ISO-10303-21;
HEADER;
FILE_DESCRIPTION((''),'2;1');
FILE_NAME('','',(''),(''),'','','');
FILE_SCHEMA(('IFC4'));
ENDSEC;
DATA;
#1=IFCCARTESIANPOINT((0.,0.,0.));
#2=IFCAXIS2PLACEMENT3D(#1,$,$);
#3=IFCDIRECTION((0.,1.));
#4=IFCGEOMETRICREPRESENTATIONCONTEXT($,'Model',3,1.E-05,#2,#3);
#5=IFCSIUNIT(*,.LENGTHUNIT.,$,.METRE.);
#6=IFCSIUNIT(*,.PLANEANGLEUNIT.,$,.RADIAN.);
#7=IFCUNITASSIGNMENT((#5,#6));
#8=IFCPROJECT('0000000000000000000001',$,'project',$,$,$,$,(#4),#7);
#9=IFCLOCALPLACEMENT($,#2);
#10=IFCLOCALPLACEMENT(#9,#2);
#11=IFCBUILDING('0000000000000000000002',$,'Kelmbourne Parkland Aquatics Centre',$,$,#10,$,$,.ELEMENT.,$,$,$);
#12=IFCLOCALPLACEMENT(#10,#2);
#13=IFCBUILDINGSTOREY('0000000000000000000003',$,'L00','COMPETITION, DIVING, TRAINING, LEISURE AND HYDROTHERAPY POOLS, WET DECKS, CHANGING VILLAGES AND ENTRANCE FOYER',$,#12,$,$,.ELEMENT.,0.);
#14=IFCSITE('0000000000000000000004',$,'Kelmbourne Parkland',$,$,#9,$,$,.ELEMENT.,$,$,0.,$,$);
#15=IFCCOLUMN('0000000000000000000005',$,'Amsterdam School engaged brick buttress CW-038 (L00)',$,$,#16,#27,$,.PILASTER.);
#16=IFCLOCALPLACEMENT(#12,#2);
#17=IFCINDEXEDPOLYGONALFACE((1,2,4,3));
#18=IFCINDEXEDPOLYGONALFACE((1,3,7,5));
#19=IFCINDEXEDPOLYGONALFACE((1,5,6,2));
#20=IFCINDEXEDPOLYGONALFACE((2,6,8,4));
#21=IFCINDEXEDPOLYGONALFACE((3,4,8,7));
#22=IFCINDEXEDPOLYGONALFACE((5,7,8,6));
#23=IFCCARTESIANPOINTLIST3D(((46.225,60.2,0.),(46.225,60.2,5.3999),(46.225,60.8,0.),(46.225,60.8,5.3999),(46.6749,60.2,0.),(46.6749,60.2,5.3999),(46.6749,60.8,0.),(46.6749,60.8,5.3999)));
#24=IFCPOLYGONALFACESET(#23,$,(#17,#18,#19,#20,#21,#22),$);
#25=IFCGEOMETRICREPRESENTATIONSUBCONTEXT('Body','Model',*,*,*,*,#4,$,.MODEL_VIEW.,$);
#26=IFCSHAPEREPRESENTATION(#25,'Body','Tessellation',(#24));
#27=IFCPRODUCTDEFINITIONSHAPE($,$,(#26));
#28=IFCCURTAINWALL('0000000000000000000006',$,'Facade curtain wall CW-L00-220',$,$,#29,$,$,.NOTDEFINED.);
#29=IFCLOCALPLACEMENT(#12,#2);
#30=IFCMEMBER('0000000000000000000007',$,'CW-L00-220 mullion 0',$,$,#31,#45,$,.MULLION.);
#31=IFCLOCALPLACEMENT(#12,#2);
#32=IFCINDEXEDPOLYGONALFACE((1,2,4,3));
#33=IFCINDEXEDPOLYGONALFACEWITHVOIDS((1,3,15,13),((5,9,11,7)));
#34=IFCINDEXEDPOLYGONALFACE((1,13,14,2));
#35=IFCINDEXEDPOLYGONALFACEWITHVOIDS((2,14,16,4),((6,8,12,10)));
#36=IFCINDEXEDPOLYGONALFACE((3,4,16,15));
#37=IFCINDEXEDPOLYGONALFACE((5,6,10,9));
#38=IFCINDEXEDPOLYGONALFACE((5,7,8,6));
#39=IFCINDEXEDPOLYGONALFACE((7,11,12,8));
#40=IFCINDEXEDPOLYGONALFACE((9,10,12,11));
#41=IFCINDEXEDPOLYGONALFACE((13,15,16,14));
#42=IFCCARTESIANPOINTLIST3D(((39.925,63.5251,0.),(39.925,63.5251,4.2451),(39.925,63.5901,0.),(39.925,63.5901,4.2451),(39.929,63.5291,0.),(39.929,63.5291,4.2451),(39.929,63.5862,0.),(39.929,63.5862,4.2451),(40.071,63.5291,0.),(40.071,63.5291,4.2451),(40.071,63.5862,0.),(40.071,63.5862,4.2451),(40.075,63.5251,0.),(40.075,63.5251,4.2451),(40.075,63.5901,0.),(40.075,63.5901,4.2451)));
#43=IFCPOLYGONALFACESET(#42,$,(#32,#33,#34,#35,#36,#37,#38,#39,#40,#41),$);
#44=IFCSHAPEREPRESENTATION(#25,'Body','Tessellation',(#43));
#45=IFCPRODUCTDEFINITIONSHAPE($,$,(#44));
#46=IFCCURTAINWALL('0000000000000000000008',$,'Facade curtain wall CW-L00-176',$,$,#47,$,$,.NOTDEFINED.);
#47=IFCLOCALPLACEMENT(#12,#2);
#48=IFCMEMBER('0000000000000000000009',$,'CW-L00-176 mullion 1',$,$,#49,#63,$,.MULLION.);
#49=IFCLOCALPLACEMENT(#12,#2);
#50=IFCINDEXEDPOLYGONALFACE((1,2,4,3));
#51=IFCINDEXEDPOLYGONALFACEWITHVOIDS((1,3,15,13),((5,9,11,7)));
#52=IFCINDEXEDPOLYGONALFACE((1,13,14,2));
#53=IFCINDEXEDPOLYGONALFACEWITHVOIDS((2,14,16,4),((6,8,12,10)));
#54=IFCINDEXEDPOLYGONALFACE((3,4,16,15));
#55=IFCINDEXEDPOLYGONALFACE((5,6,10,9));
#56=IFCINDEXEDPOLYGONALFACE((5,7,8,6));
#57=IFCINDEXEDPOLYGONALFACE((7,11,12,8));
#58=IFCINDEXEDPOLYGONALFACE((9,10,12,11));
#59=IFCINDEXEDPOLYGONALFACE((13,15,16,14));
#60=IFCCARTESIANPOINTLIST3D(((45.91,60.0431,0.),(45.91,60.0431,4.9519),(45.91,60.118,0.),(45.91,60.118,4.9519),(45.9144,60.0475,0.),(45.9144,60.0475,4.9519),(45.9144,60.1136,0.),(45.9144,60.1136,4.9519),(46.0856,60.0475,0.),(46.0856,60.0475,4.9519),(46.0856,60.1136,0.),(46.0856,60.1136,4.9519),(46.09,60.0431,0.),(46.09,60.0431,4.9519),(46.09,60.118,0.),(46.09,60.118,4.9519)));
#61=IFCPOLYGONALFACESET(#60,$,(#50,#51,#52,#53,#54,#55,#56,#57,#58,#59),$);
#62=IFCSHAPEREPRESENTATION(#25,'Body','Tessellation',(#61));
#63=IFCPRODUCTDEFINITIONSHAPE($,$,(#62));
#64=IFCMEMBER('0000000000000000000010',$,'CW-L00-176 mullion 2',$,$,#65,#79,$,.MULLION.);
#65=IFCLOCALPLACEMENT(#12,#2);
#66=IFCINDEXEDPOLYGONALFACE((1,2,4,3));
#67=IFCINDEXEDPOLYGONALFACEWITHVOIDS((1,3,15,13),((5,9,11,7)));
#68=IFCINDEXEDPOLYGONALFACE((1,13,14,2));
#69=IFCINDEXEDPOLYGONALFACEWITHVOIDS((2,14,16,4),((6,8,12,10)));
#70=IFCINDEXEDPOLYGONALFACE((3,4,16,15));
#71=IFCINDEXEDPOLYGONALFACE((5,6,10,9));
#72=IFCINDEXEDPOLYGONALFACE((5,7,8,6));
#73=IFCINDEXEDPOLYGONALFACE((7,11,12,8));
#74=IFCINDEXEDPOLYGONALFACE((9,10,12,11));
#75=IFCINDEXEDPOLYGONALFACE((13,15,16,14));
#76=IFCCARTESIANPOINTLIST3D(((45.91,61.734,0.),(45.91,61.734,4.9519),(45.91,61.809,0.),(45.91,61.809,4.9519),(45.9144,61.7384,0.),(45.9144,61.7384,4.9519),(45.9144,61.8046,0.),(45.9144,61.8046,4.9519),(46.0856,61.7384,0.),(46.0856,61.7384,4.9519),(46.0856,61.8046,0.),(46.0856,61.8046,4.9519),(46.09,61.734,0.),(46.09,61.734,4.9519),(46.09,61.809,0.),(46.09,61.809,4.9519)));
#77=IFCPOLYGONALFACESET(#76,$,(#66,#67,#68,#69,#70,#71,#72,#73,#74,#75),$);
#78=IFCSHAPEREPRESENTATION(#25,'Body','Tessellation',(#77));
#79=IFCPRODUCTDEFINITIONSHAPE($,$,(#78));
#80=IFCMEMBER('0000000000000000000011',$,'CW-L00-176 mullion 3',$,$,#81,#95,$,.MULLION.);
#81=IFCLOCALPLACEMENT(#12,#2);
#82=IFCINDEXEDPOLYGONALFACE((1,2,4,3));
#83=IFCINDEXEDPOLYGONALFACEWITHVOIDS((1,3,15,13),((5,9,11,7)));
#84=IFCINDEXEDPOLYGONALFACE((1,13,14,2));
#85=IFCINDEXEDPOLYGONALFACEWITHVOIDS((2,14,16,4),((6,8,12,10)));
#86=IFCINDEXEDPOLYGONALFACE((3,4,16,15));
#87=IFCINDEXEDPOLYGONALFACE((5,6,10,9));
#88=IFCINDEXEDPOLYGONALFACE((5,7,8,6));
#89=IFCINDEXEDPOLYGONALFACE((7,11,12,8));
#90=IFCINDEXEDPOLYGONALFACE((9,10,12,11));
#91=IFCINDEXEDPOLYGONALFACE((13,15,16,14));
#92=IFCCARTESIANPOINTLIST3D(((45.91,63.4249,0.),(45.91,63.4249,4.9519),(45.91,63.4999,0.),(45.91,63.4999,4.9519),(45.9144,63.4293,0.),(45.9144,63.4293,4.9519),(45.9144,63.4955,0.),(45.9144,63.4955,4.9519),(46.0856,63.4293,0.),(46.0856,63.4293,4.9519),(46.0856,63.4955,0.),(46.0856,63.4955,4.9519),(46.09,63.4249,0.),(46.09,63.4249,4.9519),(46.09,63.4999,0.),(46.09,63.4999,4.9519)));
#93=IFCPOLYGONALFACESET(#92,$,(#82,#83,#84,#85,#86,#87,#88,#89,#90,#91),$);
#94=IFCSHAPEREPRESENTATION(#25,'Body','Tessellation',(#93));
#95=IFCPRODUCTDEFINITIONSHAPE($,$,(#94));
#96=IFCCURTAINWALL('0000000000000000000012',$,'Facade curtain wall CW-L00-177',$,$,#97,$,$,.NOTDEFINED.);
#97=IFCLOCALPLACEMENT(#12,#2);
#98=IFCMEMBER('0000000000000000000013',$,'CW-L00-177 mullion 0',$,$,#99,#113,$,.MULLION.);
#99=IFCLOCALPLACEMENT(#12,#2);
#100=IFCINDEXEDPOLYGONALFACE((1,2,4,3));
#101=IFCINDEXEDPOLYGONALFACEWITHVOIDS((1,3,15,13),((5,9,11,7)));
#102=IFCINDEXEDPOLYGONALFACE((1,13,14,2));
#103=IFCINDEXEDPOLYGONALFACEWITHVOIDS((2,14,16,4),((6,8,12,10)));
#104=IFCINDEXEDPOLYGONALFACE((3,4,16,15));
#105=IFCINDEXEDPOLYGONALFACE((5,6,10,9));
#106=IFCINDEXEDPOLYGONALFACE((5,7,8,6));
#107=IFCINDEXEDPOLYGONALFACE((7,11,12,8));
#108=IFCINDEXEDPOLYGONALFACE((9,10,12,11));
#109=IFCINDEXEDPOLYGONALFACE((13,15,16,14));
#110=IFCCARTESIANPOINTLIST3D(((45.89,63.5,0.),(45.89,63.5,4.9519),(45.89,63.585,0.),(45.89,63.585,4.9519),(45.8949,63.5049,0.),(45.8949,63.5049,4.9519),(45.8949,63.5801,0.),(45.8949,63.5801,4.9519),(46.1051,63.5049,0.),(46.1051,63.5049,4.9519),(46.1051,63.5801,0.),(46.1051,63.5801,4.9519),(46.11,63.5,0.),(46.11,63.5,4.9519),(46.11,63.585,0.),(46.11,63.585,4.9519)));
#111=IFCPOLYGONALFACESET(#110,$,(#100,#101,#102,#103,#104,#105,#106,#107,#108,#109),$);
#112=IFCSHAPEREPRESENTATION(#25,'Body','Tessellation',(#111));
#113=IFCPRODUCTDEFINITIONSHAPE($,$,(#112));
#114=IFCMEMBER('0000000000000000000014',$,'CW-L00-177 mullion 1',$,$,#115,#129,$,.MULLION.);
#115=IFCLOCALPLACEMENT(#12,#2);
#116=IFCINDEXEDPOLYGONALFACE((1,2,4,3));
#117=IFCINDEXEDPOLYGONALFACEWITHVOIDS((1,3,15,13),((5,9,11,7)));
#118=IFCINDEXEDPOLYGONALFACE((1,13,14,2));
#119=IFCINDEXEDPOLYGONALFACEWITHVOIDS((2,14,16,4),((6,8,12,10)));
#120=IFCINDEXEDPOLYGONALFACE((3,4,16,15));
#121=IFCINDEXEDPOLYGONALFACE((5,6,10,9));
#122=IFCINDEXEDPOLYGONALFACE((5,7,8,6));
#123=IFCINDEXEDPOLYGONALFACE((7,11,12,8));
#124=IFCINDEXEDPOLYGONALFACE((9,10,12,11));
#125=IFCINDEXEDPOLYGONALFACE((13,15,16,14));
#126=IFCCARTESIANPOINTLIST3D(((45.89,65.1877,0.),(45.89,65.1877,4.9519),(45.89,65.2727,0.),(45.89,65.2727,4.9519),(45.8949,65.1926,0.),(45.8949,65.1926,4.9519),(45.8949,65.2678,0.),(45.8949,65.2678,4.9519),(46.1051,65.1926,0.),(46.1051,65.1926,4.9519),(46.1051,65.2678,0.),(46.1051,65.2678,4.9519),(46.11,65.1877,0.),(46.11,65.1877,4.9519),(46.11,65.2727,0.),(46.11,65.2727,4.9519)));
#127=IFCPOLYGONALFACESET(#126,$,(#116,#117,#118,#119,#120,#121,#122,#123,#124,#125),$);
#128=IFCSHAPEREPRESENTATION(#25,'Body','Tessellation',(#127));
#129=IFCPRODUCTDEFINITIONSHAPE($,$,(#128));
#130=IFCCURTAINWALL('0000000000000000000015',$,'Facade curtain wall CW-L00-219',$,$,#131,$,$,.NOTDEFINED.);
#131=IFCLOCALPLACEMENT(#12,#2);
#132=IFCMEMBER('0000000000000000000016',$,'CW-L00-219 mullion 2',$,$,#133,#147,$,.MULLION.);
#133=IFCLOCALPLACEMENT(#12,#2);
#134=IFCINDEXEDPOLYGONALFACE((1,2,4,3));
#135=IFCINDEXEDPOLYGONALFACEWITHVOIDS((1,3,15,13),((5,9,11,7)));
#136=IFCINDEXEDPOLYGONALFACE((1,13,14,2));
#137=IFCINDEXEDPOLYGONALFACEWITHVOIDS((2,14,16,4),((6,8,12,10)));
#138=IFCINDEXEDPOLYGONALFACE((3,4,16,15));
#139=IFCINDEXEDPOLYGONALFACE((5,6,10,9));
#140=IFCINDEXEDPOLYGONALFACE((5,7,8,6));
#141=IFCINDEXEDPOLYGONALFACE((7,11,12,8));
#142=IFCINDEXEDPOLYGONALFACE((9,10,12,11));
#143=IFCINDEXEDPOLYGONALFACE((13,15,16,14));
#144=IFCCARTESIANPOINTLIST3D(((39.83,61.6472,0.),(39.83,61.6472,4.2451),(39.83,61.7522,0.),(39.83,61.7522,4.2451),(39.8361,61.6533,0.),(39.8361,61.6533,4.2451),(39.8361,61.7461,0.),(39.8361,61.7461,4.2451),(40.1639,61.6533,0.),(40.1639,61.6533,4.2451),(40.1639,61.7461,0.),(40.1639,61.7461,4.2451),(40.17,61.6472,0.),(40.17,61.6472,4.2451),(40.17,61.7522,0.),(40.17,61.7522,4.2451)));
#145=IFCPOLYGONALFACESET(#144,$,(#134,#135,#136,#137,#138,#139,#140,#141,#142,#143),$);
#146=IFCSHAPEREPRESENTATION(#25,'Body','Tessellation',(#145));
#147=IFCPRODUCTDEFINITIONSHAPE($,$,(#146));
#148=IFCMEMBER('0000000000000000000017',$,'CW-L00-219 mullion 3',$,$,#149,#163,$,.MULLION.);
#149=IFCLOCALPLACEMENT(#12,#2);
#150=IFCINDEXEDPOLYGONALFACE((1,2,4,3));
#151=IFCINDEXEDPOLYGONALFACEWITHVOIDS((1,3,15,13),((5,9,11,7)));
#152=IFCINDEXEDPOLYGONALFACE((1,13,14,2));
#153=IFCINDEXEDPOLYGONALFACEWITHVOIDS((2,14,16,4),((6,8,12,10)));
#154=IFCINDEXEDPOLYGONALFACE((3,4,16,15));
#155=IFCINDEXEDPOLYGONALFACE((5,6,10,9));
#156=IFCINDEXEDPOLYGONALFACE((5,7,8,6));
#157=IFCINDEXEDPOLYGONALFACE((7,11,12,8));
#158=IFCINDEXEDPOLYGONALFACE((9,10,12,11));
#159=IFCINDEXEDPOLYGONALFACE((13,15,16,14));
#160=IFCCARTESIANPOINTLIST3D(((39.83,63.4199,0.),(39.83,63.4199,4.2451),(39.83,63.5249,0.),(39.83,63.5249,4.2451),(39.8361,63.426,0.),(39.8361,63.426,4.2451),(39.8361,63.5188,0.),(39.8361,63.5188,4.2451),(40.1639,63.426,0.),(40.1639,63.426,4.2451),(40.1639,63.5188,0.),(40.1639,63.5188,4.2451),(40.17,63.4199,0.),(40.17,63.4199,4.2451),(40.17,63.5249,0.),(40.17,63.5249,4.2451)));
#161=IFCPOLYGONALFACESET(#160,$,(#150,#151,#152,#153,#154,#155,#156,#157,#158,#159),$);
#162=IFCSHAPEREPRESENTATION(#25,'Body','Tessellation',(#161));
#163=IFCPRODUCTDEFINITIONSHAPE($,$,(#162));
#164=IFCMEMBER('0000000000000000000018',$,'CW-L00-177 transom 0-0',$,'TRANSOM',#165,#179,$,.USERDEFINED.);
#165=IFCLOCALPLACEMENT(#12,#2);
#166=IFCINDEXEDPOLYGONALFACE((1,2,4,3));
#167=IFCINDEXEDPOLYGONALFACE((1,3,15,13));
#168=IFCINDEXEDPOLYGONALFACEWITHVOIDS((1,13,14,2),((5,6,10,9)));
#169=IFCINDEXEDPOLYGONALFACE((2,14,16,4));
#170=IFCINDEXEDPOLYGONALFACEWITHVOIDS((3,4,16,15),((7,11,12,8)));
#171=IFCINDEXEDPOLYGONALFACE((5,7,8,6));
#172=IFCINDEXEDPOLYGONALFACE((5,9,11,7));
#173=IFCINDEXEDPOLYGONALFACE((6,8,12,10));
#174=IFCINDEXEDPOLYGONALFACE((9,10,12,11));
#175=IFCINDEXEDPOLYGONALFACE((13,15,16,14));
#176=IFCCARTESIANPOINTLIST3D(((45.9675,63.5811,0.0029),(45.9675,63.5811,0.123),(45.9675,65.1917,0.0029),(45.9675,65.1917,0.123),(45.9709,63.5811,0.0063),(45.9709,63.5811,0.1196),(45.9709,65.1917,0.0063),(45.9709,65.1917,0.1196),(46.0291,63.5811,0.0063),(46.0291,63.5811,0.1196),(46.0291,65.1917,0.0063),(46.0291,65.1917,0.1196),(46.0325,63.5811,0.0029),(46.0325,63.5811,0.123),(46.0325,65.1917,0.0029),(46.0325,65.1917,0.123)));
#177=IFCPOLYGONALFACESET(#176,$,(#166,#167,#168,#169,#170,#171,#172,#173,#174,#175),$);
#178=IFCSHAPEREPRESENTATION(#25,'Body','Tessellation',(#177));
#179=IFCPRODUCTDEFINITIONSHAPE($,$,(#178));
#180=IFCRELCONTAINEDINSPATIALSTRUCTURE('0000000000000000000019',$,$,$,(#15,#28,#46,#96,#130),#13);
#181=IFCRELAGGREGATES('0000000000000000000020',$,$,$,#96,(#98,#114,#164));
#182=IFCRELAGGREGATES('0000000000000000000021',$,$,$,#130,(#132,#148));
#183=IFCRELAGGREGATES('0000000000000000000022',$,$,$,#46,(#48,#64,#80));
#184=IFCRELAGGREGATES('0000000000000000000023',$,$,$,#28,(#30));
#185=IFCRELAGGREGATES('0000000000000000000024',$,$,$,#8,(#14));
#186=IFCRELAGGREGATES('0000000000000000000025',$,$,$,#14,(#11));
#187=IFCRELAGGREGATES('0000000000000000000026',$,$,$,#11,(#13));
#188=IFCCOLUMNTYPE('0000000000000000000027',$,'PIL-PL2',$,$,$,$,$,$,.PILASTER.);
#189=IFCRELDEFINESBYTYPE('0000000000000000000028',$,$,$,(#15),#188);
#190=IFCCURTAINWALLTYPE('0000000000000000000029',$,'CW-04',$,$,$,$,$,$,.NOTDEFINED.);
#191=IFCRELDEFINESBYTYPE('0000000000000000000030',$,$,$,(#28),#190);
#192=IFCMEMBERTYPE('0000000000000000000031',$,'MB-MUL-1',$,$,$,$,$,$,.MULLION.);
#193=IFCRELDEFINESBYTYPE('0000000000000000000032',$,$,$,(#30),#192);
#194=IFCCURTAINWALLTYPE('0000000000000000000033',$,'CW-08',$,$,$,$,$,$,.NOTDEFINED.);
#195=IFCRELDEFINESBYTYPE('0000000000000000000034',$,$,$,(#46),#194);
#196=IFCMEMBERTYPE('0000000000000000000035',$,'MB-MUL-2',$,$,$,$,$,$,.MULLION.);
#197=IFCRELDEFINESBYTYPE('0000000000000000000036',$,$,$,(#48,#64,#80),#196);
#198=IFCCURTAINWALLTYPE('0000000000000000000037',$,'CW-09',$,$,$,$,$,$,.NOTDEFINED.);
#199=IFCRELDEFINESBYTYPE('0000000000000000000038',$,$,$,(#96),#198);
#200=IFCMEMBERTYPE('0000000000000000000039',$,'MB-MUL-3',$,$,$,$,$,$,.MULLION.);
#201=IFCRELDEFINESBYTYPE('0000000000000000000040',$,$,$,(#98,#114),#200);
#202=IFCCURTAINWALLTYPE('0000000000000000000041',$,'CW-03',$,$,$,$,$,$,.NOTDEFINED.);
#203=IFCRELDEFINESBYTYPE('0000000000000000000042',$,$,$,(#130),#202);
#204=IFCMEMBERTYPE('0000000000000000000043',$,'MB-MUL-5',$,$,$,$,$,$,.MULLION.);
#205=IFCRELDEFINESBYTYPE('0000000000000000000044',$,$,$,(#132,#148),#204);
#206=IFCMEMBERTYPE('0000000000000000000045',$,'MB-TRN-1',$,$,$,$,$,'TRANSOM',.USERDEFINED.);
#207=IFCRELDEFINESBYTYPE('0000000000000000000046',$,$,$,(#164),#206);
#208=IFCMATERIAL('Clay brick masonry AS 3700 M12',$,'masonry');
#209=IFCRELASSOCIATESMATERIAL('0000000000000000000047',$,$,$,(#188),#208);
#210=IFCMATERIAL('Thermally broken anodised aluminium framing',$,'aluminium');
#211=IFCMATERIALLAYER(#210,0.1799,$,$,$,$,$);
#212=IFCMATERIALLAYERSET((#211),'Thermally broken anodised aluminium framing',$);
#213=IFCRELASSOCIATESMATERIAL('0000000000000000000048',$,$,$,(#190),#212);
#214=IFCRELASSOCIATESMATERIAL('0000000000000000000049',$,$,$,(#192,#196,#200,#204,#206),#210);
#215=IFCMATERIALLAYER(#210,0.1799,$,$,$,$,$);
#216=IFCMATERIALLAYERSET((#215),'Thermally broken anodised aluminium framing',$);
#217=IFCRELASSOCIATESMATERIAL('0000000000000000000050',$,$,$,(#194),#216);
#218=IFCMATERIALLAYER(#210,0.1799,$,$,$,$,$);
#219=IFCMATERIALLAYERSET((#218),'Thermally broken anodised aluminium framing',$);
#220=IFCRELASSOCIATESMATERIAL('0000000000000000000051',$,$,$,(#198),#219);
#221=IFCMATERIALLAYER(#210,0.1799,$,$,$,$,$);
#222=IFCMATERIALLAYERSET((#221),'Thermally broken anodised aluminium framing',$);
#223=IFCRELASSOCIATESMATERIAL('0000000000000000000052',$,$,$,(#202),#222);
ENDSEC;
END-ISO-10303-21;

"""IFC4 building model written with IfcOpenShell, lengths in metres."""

from ifc_helpers import new_model, si_unit, direction, frame, origin, origin_2d, place, context, subcontext, project, spatial, rectangle, hollow_rectangle, extrude, material, layer, layer_set, material_profile, profile_set, type_object, element, aggregate, save


model = new_model("IFC4")

# Units and contexts
model_context = context("Model", 3, precision=1e-05, world=origin(), true_north=direction((0.0, 1.0)))
body_context = subcontext(model_context, "Body", "Model", "MODEL_VIEW")
ifc_project = project(units=[si_unit("LENGTHUNIT", "METRE"), si_unit("PLANEANGLEUNIT", "RADIAN")], contexts=[model_context])

# Site, building, storey
site_placement = place(None, origin())
site = spatial("IfcSite", under=ifc_project, at=site_placement, Name="Kelmbourne Parkland", CompositionType="ELEMENT", RefElevation=0.0)
building_placement = place(site_placement, origin())
building = spatial("IfcBuilding", under=site, at=building_placement, Name="Kelmbourne Parkland Aquatics Centre", CompositionType="ELEMENT")
storey_placement = place(building_placement, origin())
storey = spatial("IfcBuildingStorey", under=building, at=storey_placement, Name="L00", Description="COMPETITION, DIVING, TRAINING, LEISURE AND HYDROTHERAPY POOLS, WET DECKS, CHANGING VILLAGES AND ENTRANCE FOYER", CompositionType="ELEMENT", Elevation=0.0)

# Column
ifc_material_1 = material(Name="Clay brick masonry AS 3700 M12", Category="masonry")
ifc_material_profile_1 = material_profile(ifc_material_1, rectangle(XDim=0.45, YDim=0.6001, at=origin_2d()), Name="PIL 450x600")
ifc_profile_set_1 = profile_set([ifc_material_profile_1], Name="Clay brick masonry AS 3700 M12")
column_type = type_object("IfcColumnType", Name="PIL-PL2", PredefinedType="PILASTER", material=ifc_profile_set_1)
column_placement = place(storey_placement, frame((46.45, 60.5, 0.0), z_axis=(0.0, 0.0, 1.0), x_axis=(1.0, 0.0, 0.0)))
element("IfcColumn", 1, at=column_placement, inside=storey, type_object=column_type, Name="Amsterdam School engaged brick buttress CW-038 (L00)", PredefinedType="PILASTER", context=body_context, shape_type="SweptSolid", body=[
    extrude(rectangle(XDim=0.45, YDim=0.6001, at=origin_2d()), origin(), (0.0, 0.0, 1.0), 5.3999),
])

# Curtain wall, member
ifc_material_2 = material(Name="Thermally broken anodised aluminium framing", Category="aluminium")
ifc_layer_1 = layer(ifc_material_2, 0.1799)
ifc_layer_set_1 = layer_set([ifc_layer_1], Name="Thermally broken anodised aluminium framing")
curtain_wall_type_1 = type_object("IfcCurtainWallType", Name="CW-04", PredefinedType="NOTDEFINED", material=ifc_layer_set_1)
curtain_wall_1_placement = place(storey_placement, origin())
curtain_wall_1 = element("IfcCurtainWall", 2, at=curtain_wall_1_placement, inside=storey, type_object=curtain_wall_type_1, Name="Facade curtain wall CW-L00-220", PredefinedType="NOTDEFINED")
ifc_material_profile_2 = material_profile(ifc_material_2, hollow_rectangle(XDim=0.0649, YDim=0.1499, WallThickness=0.0039, at=origin_2d()), Name="CW-M 65x150")
ifc_profile_set_2 = profile_set([ifc_material_profile_2], Name="Thermally broken anodised aluminium framing")
member_type_1 = type_object("IfcMemberType", Name="MB-MUL-1", PredefinedType="MULLION", material=ifc_profile_set_2)
member_1_placement = place(storey_placement, frame((40.0, 63.5576, 0.0), z_axis=(0.0, 0.0, 1.0), x_axis=(0.0, 1.0, 0.0)))
member_1 = element("IfcMember", 3, at=member_1_placement, type_object=member_type_1, Name="CW-L00-220 mullion 0", PredefinedType="MULLION", context=body_context, shape_type="SweptSolid", body=[
    extrude(hollow_rectangle(XDim=0.0649, YDim=0.1499, WallThickness=0.0039, at=origin_2d()), origin(), (0.0, 0.0, 1.0), 4.2451),
])

# Curtain walls, members
ifc_layer_2 = layer(ifc_material_2, 0.1799)
ifc_layer_set_2 = layer_set([ifc_layer_2], Name="Thermally broken anodised aluminium framing")
curtain_wall_type_2 = type_object("IfcCurtainWallType", Name="CW-08", PredefinedType="NOTDEFINED", material=ifc_layer_set_2)
curtain_wall_2_placement = place(storey_placement, origin())
curtain_wall_2 = element("IfcCurtainWall", 4, at=curtain_wall_2_placement, inside=storey, type_object=curtain_wall_type_2, Name="Facade curtain wall CW-L00-176", PredefinedType="NOTDEFINED")
ifc_material_profile_3 = material_profile(ifc_material_2, hollow_rectangle(XDim=0.075, YDim=0.1799, WallThickness=0.0044, at=origin_2d()), Name="CW-M 75x180")
ifc_profile_set_3 = profile_set([ifc_material_profile_3], Name="Thermally broken anodised aluminium framing")
member_type_2 = type_object("IfcMemberType", Name="MB-MUL-2", PredefinedType="MULLION", material=ifc_profile_set_3)
member_2_placement = place(storey_placement, frame((46.0, 60.0806, 0.0), z_axis=(0.0, 0.0, 1.0), x_axis=(0.0, 1.0, 0.0)))
member_2 = element("IfcMember", 5, at=member_2_placement, type_object=member_type_2, Name="CW-L00-176 mullion 1", PredefinedType="MULLION", context=body_context, shape_type="SweptSolid", body=[
    extrude(hollow_rectangle(XDim=0.075, YDim=0.1799, WallThickness=0.0044, at=origin_2d()), origin(), (0.0, 0.0, 1.0), 4.9519),
])
member_3_placement = place(storey_placement, frame((46.0, 61.7715, 0.0), z_axis=(0.0, 0.0, 1.0), x_axis=(0.0, 1.0, 0.0)))
member_3 = element("IfcMember", 6, at=member_3_placement, type_object=member_type_2, Name="CW-L00-176 mullion 2", PredefinedType="MULLION", context=body_context, shape_type="SweptSolid", body=[
    extrude(hollow_rectangle(XDim=0.075, YDim=0.1799, WallThickness=0.0044, at=origin_2d()), origin(), (0.0, 0.0, 1.0), 4.9519),
])
member_4_placement = place(storey_placement, frame((46.0, 63.4624, 0.0), z_axis=(0.0, 0.0, 1.0), x_axis=(0.0, 1.0, 0.0)))
member_4 = element("IfcMember", 7, at=member_4_placement, type_object=member_type_2, Name="CW-L00-176 mullion 3", PredefinedType="MULLION", context=body_context, shape_type="SweptSolid", body=[
    extrude(hollow_rectangle(XDim=0.075, YDim=0.1799, WallThickness=0.0044, at=origin_2d()), origin(), (0.0, 0.0, 1.0), 4.9519),
])
ifc_layer_3 = layer(ifc_material_2, 0.1799)
ifc_layer_set_3 = layer_set([ifc_layer_3], Name="Thermally broken anodised aluminium framing")
curtain_wall_type_3 = type_object("IfcCurtainWallType", Name="CW-09", PredefinedType="NOTDEFINED", material=ifc_layer_set_3)
curtain_wall_3_placement = place(storey_placement, origin())
curtain_wall_3 = element("IfcCurtainWall", 8, at=curtain_wall_3_placement, inside=storey, type_object=curtain_wall_type_3, Name="Facade curtain wall CW-L00-177", PredefinedType="NOTDEFINED")
ifc_material_profile_4 = material_profile(ifc_material_2, hollow_rectangle(XDim=0.085, YDim=0.22, WallThickness=0.0049, at=origin_2d()), Name="CW-M 85x220")
ifc_profile_set_4 = profile_set([ifc_material_profile_4], Name="Thermally broken anodised aluminium framing")
member_type_3 = type_object("IfcMemberType", Name="MB-MUL-3", PredefinedType="MULLION", material=ifc_profile_set_4)
member_5_placement = place(storey_placement, frame((46.0, 63.5425, 0.0), z_axis=(0.0, 0.0, 1.0), x_axis=(0.0, 1.0, 0.0)))
member_5 = element("IfcMember", 9, at=member_5_placement, type_object=member_type_3, Name="CW-L00-177 mullion 0", PredefinedType="MULLION", context=body_context, shape_type="SweptSolid", body=[
    extrude(hollow_rectangle(XDim=0.085, YDim=0.22, WallThickness=0.0049, at=origin_2d()), origin(), (0.0, 0.0, 1.0), 4.9519),
])
member_6_placement = place(storey_placement, frame((46.0, 65.2302, 0.0), z_axis=(0.0, 0.0, 1.0), x_axis=(0.0, 1.0, 0.0)))
member_6 = element("IfcMember", 10, at=member_6_placement, type_object=member_type_3, Name="CW-L00-177 mullion 1", PredefinedType="MULLION", context=body_context, shape_type="SweptSolid", body=[
    extrude(hollow_rectangle(XDim=0.085, YDim=0.22, WallThickness=0.0049, at=origin_2d()), origin(), (0.0, 0.0, 1.0), 4.9519),
])
ifc_layer_4 = layer(ifc_material_2, 0.1799)
ifc_layer_set_4 = layer_set([ifc_layer_4], Name="Thermally broken anodised aluminium framing")
curtain_wall_type_4 = type_object("IfcCurtainWallType", Name="CW-03", PredefinedType="NOTDEFINED", material=ifc_layer_set_4)
curtain_wall_4_placement = place(storey_placement, origin())
curtain_wall_4 = element("IfcCurtainWall", 11, at=curtain_wall_4_placement, inside=storey, type_object=curtain_wall_type_4, Name="Facade curtain wall CW-L00-219", PredefinedType="NOTDEFINED")
ifc_material_profile_5 = material_profile(ifc_material_2, hollow_rectangle(XDim=0.105, YDim=0.3401, WallThickness=0.0061, at=origin_2d()), Name="CW-M 105x340")
ifc_profile_set_5 = profile_set([ifc_material_profile_5], Name="Thermally broken anodised aluminium framing")
member_type_4 = type_object("IfcMemberType", Name="MB-MUL-5", PredefinedType="MULLION", material=ifc_profile_set_5)
member_7_placement = place(storey_placement, frame((40.0, 61.6997, 0.0), z_axis=(0.0, 0.0, 1.0), x_axis=(0.0, 1.0, 0.0)))
member_7 = element("IfcMember", 12, at=member_7_placement, type_object=member_type_4, Name="CW-L00-219 mullion 2", PredefinedType="MULLION", context=body_context, shape_type="SweptSolid", body=[
    extrude(hollow_rectangle(XDim=0.105, YDim=0.3401, WallThickness=0.0061, at=origin_2d()), origin(), (0.0, 0.0, 1.0), 4.2451),
])
member_8_placement = place(storey_placement, frame((40.0, 63.4724, 0.0), z_axis=(0.0, 0.0, 1.0), x_axis=(0.0, 1.0, 0.0)))
member_8 = element("IfcMember", 13, at=member_8_placement, type_object=member_type_4, Name="CW-L00-219 mullion 3", PredefinedType="MULLION", context=body_context, shape_type="SweptSolid", body=[
    extrude(hollow_rectangle(XDim=0.105, YDim=0.3401, WallThickness=0.0061, at=origin_2d()), origin(), (0.0, 0.0, 1.0), 4.2451),
])

# Member
ifc_material_profile_6 = material_profile(ifc_material_2, hollow_rectangle(XDim=0.0649, YDim=0.1201, WallThickness=0.0034, at=origin_2d()), Name="CW-T 65x120")
ifc_profile_set_6 = profile_set([ifc_material_profile_6], Name="Thermally broken anodised aluminium framing")
member_type_5 = type_object("IfcMemberType", Name="MB-TRN-1", ElementType="TRANSOM", PredefinedType="USERDEFINED", material=ifc_profile_set_6)
member_9_placement = place(storey_placement, frame((46.0, 63.5811, 0.063), z_axis=(0.0, 1.0, 0.0), x_axis=(-1.0, 0.0, 0.0)))
member_9 = element("IfcMember", 14, at=member_9_placement, type_object=member_type_5, Name="CW-L00-177 transom 0-0", ObjectType="TRANSOM", PredefinedType="USERDEFINED", context=body_context, shape_type="SweptSolid", body=[
    extrude(hollow_rectangle(XDim=0.0649, YDim=0.1201, WallThickness=0.0034, at=origin_2d()), origin(), (0.0, 0.0, 1.0), 1.6106),
])

aggregate(curtain_wall_3, [member_5, member_6, member_9])
aggregate(curtain_wall_4, [member_7, member_8])
aggregate(curtain_wall_2, [member_2, member_3, member_4])
aggregate(curtain_wall_1, [member_1])

save(model, "model.ifc")
